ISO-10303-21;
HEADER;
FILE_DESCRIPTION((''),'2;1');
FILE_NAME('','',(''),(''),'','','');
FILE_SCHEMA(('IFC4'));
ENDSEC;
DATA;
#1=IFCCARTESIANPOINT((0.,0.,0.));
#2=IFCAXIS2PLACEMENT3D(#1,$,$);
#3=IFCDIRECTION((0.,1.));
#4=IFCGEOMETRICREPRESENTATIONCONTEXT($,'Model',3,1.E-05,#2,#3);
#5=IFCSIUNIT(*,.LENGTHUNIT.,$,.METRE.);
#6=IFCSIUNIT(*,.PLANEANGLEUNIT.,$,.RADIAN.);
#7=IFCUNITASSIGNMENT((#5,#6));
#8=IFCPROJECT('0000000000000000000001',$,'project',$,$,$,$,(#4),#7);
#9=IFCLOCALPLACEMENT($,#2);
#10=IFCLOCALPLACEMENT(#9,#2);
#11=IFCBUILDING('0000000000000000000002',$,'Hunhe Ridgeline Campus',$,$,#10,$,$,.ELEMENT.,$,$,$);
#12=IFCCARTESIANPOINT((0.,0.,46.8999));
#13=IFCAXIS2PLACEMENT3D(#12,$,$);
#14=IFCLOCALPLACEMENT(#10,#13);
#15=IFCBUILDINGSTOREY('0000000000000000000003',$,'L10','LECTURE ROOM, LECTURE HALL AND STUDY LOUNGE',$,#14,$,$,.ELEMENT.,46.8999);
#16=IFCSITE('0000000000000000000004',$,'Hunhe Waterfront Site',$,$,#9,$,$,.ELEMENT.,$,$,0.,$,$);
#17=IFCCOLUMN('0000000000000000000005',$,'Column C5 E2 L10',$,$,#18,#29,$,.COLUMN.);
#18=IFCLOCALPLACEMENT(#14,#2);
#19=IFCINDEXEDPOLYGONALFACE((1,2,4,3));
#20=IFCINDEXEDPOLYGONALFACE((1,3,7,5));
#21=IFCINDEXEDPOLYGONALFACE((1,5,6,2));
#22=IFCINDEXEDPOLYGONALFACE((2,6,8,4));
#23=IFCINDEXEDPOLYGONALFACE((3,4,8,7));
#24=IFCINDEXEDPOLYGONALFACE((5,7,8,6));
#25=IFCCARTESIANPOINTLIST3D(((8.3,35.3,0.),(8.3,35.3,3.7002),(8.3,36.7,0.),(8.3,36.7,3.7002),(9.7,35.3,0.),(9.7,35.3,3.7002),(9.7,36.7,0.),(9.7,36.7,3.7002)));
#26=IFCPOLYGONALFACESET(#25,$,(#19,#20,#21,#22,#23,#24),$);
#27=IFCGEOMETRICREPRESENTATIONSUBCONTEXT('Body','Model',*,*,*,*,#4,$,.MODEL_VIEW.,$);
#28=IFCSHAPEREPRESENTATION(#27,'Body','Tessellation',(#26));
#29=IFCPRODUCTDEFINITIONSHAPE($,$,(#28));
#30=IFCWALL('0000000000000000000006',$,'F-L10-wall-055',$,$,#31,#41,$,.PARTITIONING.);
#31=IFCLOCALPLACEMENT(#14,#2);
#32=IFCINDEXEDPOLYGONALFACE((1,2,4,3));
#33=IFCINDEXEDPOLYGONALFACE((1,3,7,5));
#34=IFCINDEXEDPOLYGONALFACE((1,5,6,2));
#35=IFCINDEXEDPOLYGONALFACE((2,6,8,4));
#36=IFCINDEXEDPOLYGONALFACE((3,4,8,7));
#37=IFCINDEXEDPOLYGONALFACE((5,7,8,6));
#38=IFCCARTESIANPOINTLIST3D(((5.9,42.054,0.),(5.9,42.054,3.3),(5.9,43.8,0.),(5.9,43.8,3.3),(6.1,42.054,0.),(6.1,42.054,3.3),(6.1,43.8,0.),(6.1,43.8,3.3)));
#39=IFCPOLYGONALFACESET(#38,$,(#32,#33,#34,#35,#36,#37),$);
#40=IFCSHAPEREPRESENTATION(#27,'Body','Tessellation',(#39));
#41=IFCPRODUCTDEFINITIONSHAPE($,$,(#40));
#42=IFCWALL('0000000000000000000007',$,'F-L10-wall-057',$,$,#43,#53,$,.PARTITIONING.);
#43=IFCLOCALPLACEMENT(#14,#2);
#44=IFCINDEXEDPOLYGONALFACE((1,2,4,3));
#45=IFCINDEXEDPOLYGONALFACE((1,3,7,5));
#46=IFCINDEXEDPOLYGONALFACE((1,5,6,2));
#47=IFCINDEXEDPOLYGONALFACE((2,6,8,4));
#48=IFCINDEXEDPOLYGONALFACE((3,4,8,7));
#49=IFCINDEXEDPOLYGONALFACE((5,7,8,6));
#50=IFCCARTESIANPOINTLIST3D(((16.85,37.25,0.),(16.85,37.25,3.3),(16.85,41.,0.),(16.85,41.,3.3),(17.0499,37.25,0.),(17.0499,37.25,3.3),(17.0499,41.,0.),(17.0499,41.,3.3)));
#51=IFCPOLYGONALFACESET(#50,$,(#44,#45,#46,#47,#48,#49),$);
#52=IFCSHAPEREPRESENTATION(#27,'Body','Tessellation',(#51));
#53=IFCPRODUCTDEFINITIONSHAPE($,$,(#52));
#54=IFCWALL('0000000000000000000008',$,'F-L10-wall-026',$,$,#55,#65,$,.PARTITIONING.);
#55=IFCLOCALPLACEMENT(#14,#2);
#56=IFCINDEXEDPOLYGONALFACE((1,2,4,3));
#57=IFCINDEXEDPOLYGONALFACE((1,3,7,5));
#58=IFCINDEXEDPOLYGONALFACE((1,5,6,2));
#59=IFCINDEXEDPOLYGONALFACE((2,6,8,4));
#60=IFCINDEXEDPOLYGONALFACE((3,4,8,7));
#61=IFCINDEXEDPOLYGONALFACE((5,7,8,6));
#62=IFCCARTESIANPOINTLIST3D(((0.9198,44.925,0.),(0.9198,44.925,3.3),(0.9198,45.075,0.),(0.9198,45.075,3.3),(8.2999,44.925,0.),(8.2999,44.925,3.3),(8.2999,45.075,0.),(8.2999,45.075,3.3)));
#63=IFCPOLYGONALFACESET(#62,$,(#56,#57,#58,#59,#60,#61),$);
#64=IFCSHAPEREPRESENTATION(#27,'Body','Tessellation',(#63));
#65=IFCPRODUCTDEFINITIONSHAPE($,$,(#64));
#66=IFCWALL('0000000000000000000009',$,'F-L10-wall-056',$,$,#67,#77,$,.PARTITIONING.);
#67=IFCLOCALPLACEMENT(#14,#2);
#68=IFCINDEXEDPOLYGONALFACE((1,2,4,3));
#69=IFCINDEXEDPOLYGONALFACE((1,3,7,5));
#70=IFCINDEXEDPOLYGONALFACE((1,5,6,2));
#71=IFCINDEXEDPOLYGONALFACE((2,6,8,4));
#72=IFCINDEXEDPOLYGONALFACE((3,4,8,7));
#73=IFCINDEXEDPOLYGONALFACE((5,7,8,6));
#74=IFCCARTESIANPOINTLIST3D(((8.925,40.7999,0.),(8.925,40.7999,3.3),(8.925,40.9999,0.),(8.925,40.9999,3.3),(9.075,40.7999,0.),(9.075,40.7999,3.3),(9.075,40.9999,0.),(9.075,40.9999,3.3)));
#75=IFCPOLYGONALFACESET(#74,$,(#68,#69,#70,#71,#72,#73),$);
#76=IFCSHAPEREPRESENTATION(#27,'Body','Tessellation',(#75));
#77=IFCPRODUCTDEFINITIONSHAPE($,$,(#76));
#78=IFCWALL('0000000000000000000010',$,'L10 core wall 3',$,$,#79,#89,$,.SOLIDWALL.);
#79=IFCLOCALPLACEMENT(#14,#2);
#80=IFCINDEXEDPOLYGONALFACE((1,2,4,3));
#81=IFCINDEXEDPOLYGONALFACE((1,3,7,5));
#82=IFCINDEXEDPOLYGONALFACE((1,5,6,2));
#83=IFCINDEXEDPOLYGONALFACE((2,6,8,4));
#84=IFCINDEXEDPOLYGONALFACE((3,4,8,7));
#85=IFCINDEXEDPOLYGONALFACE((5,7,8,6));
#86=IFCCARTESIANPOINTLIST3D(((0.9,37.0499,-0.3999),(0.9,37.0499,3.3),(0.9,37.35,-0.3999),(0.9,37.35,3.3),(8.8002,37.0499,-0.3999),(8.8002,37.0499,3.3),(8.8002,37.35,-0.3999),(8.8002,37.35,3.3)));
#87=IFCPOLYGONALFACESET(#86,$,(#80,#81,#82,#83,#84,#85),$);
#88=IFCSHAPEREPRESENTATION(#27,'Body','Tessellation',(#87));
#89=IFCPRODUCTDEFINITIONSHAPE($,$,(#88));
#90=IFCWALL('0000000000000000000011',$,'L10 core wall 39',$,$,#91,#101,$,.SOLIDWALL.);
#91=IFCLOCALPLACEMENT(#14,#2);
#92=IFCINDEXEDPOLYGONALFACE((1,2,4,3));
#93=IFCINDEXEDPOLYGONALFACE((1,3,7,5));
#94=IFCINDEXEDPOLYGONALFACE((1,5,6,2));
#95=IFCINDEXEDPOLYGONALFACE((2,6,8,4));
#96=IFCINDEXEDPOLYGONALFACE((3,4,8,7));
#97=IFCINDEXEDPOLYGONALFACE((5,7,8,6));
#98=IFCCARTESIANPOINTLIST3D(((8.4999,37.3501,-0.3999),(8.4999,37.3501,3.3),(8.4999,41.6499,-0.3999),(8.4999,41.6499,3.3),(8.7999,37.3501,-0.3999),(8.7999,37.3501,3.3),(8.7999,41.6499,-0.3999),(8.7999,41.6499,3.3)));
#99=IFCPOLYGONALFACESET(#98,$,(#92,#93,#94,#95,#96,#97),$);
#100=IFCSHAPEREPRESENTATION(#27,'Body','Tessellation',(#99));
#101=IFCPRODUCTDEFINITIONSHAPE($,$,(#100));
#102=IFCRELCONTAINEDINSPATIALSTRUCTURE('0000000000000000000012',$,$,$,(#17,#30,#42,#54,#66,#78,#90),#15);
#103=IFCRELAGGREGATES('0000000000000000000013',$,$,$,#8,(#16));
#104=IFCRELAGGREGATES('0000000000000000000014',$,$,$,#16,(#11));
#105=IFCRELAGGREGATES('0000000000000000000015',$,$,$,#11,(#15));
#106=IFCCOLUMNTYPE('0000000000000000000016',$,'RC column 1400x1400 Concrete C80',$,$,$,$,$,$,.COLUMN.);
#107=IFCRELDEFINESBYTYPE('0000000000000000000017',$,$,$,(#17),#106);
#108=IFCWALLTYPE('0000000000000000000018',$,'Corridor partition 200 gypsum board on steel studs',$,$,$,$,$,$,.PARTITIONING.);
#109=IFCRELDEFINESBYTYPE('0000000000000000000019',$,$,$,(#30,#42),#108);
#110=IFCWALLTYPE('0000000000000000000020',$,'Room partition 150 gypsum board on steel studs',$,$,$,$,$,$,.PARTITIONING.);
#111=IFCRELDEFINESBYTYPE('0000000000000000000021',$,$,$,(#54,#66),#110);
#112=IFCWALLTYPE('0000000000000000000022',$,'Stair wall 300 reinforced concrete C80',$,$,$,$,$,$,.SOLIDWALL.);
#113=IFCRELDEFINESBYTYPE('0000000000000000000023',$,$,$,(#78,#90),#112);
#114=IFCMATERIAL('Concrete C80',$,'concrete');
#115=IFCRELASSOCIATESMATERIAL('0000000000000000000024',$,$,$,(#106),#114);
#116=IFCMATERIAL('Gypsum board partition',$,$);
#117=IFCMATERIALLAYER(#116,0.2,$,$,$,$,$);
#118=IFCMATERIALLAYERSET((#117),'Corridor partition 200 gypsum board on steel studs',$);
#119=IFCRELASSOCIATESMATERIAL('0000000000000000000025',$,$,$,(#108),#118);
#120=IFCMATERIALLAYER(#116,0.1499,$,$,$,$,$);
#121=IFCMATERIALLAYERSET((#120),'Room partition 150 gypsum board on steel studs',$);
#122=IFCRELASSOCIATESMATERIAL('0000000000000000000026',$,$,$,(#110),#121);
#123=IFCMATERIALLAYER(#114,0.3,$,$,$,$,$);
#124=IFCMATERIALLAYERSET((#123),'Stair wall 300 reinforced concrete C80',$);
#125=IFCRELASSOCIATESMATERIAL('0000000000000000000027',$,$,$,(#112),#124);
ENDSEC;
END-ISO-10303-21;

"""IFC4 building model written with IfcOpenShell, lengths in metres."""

from ifc_helpers import new_model, si_unit, direction, frame, frame_2d, origin, origin_2d, place, context, subcontext, project, spatial, rectangle, extrude, material, layer, layer_set, material_profile, profile_set, type_object, element, save


model = new_model("IFC4")

# Units and contexts
model_context = context("Model", 3, precision=1e-05, world=origin(), true_north=direction((0.0, 1.0)))
body_context = subcontext(model_context, "Body", "Model", "MODEL_VIEW")
ifc_project = project(units=[si_unit("LENGTHUNIT", "METRE"), si_unit("PLANEANGLEUNIT", "RADIAN")], contexts=[model_context])

# Site, building, storey
site_placement = place(None, origin())
site = spatial("IfcSite", under=ifc_project, at=site_placement, Name="Hunhe Waterfront Site", CompositionType="ELEMENT", RefElevation=0.0)
building_placement = place(site_placement, origin())
building = spatial("IfcBuilding", under=site, at=building_placement, Name="Hunhe Ridgeline Campus", CompositionType="ELEMENT")
storey_placement = place(building_placement, frame((0.0, 0.0, 46.8999)))
storey = spatial("IfcBuildingStorey", under=building, at=storey_placement, Name="L10", Description="LECTURE ROOM, LECTURE HALL AND STUDY LOUNGE", CompositionType="ELEMENT", Elevation=46.8999)

# Column
ifc_material_1 = material(Name="Concrete C80", Category="concrete")
ifc_material_profile = material_profile(ifc_material_1, rectangle(XDim=1.3999, YDim=1.3999, at=origin_2d()))
ifc_profile_set = profile_set([ifc_material_profile], Name="Concrete C80")
column_type = type_object("IfcColumnType", Name="RC column 1400x1400 Concrete C80", PredefinedType="COLUMN", material=ifc_profile_set)
column_placement = place(storey_placement, frame((9.0, 36.0, 0.0), z_axis=(0.0, 0.0, 1.0), x_axis=(1.0, 0.0, 0.0)))
element("IfcColumn", 1, at=column_placement, inside=storey, type_object=column_type, Name="Column C5 E2 L10", PredefinedType="COLUMN", context=body_context, shape_type="SweptSolid", body=[
    extrude(rectangle(XDim=1.3999, YDim=1.3999, at=origin_2d()), origin(), (0.0, 0.0, 1.0), 3.7002),
])

# Shared definitions
ifc_material_2 = material(Name="Gypsum board partition")
ifc_layer_1 = layer(ifc_material_2, 0.2)
ifc_layer_set_1 = layer_set([ifc_layer_1], Name="Corridor partition 200 gypsum board on steel studs")
wall_type_1 = type_object("IfcWallType", Name="Corridor partition 200 gypsum board on steel studs", PredefinedType="PARTITIONING", material=ifc_layer_set_1)

# Walls
wall_1_placement = place(storey_placement, frame((6.0, 42.054, 0.0), z_axis=(0.0, 0.0, 1.0), x_axis=(0.0, 1.0, 0.0)))
element("IfcWall", 2, at=wall_1_placement, inside=storey, type_object=wall_type_1, Name="F-L10-wall-055", PredefinedType="PARTITIONING", context=body_context, shape_type="SweptSolid", body=[
    extrude(rectangle(XDim=1.7461, YDim=0.2, at=frame_2d((0.873, 0.0))), origin(), (0.0, 0.0, 1.0), 3.3),
])
wall_2_placement = place(storey_placement, frame((16.95, 37.25, 0.0), z_axis=(0.0, 0.0, 1.0), x_axis=(0.0, 1.0, 0.0)))
element("IfcWall", 3, at=wall_2_placement, inside=storey, type_object=wall_type_1, Name="F-L10-wall-057", PredefinedType="PARTITIONING", context=body_context, shape_type="SweptSolid", body=[
    extrude(rectangle(XDim=3.75, YDim=0.2, at=frame_2d((1.875, 0.0))), origin(), (0.0, 0.0, 1.0), 3.3),
])
ifc_layer_2 = layer(ifc_material_2, 0.1499)
ifc_layer_set_2 = layer_set([ifc_layer_2], Name="Room partition 150 gypsum board on steel studs")
wall_type_2 = type_object("IfcWallType", Name="Room partition 150 gypsum board on steel studs", PredefinedType="PARTITIONING", material=ifc_layer_set_2)
wall_3_placement = place(storey_placement, frame((0.9199, 45.0, 0.0), z_axis=(0.0, 0.0, 1.0), x_axis=(1.0, 0.0, 0.0)))
element("IfcWall", 4, at=wall_3_placement, inside=storey, type_object=wall_type_2, Name="F-L10-wall-026", PredefinedType="PARTITIONING", context=body_context, shape_type="SweptSolid", body=[
    extrude(rectangle(XDim=7.3801, YDim=0.1499, at=frame_2d((3.6899, 0.0))), origin(), (0.0, 0.0, 1.0), 3.3),
])
wall_4_placement = place(storey_placement, frame((9.0, 41.0, 0.0), z_axis=(0.0, 0.0, 1.0), x_axis=(0.0, -1.0, 0.0)))
element("IfcWall", 5, at=wall_4_placement, inside=storey, type_object=wall_type_2, Name="F-L10-wall-056", PredefinedType="PARTITIONING", context=body_context, shape_type="SweptSolid", body=[
    extrude(rectangle(XDim=0.2, YDim=0.1499, at=frame_2d((0.1001, 0.0))), origin(), (0.0, 0.0, 1.0), 3.3),
])
ifc_layer_3 = layer(ifc_material_1, 0.3)
ifc_layer_set_3 = layer_set([ifc_layer_3], Name="Stair wall 300 reinforced concrete C80")
wall_type_3 = type_object("IfcWallType", Name="Stair wall 300 reinforced concrete C80", PredefinedType="SOLIDWALL", material=ifc_layer_set_3)
wall_5_placement = place(storey_placement, frame((0.8999, 37.2, -0.3999), z_axis=(0.0, 0.0, 1.0), x_axis=(1.0, 0.0, 0.0)))
element("IfcWall", 6, at=wall_5_placement, inside=storey, type_object=wall_type_3, Name="L10 core wall 3", PredefinedType="SOLIDWALL", context=body_context, shape_type="SweptSolid", body=[
    extrude(rectangle(XDim=7.9001, YDim=0.3, at=frame_2d((3.9502, 0.0))), origin(), (0.0, 0.0, 1.0), 3.7),
])

# Wall
wall_6_placement = place(storey_placement, frame((8.6499, 37.3501, -0.3999), z_axis=(0.0, 0.0, 1.0), x_axis=(0.0, 1.0, 0.0)))
element("IfcWall", 7, at=wall_6_placement, inside=storey, type_object=wall_type_3, Name="L10 core wall 39", PredefinedType="SOLIDWALL", context=body_context, shape_type="SweptSolid", body=[
    extrude(rectangle(XDim=4.2998, YDim=0.3, at=frame_2d((2.1499, 0.0))), origin(), (0.0, 0.0, 1.0), 3.7),
])

save(model, "model.ifc")
